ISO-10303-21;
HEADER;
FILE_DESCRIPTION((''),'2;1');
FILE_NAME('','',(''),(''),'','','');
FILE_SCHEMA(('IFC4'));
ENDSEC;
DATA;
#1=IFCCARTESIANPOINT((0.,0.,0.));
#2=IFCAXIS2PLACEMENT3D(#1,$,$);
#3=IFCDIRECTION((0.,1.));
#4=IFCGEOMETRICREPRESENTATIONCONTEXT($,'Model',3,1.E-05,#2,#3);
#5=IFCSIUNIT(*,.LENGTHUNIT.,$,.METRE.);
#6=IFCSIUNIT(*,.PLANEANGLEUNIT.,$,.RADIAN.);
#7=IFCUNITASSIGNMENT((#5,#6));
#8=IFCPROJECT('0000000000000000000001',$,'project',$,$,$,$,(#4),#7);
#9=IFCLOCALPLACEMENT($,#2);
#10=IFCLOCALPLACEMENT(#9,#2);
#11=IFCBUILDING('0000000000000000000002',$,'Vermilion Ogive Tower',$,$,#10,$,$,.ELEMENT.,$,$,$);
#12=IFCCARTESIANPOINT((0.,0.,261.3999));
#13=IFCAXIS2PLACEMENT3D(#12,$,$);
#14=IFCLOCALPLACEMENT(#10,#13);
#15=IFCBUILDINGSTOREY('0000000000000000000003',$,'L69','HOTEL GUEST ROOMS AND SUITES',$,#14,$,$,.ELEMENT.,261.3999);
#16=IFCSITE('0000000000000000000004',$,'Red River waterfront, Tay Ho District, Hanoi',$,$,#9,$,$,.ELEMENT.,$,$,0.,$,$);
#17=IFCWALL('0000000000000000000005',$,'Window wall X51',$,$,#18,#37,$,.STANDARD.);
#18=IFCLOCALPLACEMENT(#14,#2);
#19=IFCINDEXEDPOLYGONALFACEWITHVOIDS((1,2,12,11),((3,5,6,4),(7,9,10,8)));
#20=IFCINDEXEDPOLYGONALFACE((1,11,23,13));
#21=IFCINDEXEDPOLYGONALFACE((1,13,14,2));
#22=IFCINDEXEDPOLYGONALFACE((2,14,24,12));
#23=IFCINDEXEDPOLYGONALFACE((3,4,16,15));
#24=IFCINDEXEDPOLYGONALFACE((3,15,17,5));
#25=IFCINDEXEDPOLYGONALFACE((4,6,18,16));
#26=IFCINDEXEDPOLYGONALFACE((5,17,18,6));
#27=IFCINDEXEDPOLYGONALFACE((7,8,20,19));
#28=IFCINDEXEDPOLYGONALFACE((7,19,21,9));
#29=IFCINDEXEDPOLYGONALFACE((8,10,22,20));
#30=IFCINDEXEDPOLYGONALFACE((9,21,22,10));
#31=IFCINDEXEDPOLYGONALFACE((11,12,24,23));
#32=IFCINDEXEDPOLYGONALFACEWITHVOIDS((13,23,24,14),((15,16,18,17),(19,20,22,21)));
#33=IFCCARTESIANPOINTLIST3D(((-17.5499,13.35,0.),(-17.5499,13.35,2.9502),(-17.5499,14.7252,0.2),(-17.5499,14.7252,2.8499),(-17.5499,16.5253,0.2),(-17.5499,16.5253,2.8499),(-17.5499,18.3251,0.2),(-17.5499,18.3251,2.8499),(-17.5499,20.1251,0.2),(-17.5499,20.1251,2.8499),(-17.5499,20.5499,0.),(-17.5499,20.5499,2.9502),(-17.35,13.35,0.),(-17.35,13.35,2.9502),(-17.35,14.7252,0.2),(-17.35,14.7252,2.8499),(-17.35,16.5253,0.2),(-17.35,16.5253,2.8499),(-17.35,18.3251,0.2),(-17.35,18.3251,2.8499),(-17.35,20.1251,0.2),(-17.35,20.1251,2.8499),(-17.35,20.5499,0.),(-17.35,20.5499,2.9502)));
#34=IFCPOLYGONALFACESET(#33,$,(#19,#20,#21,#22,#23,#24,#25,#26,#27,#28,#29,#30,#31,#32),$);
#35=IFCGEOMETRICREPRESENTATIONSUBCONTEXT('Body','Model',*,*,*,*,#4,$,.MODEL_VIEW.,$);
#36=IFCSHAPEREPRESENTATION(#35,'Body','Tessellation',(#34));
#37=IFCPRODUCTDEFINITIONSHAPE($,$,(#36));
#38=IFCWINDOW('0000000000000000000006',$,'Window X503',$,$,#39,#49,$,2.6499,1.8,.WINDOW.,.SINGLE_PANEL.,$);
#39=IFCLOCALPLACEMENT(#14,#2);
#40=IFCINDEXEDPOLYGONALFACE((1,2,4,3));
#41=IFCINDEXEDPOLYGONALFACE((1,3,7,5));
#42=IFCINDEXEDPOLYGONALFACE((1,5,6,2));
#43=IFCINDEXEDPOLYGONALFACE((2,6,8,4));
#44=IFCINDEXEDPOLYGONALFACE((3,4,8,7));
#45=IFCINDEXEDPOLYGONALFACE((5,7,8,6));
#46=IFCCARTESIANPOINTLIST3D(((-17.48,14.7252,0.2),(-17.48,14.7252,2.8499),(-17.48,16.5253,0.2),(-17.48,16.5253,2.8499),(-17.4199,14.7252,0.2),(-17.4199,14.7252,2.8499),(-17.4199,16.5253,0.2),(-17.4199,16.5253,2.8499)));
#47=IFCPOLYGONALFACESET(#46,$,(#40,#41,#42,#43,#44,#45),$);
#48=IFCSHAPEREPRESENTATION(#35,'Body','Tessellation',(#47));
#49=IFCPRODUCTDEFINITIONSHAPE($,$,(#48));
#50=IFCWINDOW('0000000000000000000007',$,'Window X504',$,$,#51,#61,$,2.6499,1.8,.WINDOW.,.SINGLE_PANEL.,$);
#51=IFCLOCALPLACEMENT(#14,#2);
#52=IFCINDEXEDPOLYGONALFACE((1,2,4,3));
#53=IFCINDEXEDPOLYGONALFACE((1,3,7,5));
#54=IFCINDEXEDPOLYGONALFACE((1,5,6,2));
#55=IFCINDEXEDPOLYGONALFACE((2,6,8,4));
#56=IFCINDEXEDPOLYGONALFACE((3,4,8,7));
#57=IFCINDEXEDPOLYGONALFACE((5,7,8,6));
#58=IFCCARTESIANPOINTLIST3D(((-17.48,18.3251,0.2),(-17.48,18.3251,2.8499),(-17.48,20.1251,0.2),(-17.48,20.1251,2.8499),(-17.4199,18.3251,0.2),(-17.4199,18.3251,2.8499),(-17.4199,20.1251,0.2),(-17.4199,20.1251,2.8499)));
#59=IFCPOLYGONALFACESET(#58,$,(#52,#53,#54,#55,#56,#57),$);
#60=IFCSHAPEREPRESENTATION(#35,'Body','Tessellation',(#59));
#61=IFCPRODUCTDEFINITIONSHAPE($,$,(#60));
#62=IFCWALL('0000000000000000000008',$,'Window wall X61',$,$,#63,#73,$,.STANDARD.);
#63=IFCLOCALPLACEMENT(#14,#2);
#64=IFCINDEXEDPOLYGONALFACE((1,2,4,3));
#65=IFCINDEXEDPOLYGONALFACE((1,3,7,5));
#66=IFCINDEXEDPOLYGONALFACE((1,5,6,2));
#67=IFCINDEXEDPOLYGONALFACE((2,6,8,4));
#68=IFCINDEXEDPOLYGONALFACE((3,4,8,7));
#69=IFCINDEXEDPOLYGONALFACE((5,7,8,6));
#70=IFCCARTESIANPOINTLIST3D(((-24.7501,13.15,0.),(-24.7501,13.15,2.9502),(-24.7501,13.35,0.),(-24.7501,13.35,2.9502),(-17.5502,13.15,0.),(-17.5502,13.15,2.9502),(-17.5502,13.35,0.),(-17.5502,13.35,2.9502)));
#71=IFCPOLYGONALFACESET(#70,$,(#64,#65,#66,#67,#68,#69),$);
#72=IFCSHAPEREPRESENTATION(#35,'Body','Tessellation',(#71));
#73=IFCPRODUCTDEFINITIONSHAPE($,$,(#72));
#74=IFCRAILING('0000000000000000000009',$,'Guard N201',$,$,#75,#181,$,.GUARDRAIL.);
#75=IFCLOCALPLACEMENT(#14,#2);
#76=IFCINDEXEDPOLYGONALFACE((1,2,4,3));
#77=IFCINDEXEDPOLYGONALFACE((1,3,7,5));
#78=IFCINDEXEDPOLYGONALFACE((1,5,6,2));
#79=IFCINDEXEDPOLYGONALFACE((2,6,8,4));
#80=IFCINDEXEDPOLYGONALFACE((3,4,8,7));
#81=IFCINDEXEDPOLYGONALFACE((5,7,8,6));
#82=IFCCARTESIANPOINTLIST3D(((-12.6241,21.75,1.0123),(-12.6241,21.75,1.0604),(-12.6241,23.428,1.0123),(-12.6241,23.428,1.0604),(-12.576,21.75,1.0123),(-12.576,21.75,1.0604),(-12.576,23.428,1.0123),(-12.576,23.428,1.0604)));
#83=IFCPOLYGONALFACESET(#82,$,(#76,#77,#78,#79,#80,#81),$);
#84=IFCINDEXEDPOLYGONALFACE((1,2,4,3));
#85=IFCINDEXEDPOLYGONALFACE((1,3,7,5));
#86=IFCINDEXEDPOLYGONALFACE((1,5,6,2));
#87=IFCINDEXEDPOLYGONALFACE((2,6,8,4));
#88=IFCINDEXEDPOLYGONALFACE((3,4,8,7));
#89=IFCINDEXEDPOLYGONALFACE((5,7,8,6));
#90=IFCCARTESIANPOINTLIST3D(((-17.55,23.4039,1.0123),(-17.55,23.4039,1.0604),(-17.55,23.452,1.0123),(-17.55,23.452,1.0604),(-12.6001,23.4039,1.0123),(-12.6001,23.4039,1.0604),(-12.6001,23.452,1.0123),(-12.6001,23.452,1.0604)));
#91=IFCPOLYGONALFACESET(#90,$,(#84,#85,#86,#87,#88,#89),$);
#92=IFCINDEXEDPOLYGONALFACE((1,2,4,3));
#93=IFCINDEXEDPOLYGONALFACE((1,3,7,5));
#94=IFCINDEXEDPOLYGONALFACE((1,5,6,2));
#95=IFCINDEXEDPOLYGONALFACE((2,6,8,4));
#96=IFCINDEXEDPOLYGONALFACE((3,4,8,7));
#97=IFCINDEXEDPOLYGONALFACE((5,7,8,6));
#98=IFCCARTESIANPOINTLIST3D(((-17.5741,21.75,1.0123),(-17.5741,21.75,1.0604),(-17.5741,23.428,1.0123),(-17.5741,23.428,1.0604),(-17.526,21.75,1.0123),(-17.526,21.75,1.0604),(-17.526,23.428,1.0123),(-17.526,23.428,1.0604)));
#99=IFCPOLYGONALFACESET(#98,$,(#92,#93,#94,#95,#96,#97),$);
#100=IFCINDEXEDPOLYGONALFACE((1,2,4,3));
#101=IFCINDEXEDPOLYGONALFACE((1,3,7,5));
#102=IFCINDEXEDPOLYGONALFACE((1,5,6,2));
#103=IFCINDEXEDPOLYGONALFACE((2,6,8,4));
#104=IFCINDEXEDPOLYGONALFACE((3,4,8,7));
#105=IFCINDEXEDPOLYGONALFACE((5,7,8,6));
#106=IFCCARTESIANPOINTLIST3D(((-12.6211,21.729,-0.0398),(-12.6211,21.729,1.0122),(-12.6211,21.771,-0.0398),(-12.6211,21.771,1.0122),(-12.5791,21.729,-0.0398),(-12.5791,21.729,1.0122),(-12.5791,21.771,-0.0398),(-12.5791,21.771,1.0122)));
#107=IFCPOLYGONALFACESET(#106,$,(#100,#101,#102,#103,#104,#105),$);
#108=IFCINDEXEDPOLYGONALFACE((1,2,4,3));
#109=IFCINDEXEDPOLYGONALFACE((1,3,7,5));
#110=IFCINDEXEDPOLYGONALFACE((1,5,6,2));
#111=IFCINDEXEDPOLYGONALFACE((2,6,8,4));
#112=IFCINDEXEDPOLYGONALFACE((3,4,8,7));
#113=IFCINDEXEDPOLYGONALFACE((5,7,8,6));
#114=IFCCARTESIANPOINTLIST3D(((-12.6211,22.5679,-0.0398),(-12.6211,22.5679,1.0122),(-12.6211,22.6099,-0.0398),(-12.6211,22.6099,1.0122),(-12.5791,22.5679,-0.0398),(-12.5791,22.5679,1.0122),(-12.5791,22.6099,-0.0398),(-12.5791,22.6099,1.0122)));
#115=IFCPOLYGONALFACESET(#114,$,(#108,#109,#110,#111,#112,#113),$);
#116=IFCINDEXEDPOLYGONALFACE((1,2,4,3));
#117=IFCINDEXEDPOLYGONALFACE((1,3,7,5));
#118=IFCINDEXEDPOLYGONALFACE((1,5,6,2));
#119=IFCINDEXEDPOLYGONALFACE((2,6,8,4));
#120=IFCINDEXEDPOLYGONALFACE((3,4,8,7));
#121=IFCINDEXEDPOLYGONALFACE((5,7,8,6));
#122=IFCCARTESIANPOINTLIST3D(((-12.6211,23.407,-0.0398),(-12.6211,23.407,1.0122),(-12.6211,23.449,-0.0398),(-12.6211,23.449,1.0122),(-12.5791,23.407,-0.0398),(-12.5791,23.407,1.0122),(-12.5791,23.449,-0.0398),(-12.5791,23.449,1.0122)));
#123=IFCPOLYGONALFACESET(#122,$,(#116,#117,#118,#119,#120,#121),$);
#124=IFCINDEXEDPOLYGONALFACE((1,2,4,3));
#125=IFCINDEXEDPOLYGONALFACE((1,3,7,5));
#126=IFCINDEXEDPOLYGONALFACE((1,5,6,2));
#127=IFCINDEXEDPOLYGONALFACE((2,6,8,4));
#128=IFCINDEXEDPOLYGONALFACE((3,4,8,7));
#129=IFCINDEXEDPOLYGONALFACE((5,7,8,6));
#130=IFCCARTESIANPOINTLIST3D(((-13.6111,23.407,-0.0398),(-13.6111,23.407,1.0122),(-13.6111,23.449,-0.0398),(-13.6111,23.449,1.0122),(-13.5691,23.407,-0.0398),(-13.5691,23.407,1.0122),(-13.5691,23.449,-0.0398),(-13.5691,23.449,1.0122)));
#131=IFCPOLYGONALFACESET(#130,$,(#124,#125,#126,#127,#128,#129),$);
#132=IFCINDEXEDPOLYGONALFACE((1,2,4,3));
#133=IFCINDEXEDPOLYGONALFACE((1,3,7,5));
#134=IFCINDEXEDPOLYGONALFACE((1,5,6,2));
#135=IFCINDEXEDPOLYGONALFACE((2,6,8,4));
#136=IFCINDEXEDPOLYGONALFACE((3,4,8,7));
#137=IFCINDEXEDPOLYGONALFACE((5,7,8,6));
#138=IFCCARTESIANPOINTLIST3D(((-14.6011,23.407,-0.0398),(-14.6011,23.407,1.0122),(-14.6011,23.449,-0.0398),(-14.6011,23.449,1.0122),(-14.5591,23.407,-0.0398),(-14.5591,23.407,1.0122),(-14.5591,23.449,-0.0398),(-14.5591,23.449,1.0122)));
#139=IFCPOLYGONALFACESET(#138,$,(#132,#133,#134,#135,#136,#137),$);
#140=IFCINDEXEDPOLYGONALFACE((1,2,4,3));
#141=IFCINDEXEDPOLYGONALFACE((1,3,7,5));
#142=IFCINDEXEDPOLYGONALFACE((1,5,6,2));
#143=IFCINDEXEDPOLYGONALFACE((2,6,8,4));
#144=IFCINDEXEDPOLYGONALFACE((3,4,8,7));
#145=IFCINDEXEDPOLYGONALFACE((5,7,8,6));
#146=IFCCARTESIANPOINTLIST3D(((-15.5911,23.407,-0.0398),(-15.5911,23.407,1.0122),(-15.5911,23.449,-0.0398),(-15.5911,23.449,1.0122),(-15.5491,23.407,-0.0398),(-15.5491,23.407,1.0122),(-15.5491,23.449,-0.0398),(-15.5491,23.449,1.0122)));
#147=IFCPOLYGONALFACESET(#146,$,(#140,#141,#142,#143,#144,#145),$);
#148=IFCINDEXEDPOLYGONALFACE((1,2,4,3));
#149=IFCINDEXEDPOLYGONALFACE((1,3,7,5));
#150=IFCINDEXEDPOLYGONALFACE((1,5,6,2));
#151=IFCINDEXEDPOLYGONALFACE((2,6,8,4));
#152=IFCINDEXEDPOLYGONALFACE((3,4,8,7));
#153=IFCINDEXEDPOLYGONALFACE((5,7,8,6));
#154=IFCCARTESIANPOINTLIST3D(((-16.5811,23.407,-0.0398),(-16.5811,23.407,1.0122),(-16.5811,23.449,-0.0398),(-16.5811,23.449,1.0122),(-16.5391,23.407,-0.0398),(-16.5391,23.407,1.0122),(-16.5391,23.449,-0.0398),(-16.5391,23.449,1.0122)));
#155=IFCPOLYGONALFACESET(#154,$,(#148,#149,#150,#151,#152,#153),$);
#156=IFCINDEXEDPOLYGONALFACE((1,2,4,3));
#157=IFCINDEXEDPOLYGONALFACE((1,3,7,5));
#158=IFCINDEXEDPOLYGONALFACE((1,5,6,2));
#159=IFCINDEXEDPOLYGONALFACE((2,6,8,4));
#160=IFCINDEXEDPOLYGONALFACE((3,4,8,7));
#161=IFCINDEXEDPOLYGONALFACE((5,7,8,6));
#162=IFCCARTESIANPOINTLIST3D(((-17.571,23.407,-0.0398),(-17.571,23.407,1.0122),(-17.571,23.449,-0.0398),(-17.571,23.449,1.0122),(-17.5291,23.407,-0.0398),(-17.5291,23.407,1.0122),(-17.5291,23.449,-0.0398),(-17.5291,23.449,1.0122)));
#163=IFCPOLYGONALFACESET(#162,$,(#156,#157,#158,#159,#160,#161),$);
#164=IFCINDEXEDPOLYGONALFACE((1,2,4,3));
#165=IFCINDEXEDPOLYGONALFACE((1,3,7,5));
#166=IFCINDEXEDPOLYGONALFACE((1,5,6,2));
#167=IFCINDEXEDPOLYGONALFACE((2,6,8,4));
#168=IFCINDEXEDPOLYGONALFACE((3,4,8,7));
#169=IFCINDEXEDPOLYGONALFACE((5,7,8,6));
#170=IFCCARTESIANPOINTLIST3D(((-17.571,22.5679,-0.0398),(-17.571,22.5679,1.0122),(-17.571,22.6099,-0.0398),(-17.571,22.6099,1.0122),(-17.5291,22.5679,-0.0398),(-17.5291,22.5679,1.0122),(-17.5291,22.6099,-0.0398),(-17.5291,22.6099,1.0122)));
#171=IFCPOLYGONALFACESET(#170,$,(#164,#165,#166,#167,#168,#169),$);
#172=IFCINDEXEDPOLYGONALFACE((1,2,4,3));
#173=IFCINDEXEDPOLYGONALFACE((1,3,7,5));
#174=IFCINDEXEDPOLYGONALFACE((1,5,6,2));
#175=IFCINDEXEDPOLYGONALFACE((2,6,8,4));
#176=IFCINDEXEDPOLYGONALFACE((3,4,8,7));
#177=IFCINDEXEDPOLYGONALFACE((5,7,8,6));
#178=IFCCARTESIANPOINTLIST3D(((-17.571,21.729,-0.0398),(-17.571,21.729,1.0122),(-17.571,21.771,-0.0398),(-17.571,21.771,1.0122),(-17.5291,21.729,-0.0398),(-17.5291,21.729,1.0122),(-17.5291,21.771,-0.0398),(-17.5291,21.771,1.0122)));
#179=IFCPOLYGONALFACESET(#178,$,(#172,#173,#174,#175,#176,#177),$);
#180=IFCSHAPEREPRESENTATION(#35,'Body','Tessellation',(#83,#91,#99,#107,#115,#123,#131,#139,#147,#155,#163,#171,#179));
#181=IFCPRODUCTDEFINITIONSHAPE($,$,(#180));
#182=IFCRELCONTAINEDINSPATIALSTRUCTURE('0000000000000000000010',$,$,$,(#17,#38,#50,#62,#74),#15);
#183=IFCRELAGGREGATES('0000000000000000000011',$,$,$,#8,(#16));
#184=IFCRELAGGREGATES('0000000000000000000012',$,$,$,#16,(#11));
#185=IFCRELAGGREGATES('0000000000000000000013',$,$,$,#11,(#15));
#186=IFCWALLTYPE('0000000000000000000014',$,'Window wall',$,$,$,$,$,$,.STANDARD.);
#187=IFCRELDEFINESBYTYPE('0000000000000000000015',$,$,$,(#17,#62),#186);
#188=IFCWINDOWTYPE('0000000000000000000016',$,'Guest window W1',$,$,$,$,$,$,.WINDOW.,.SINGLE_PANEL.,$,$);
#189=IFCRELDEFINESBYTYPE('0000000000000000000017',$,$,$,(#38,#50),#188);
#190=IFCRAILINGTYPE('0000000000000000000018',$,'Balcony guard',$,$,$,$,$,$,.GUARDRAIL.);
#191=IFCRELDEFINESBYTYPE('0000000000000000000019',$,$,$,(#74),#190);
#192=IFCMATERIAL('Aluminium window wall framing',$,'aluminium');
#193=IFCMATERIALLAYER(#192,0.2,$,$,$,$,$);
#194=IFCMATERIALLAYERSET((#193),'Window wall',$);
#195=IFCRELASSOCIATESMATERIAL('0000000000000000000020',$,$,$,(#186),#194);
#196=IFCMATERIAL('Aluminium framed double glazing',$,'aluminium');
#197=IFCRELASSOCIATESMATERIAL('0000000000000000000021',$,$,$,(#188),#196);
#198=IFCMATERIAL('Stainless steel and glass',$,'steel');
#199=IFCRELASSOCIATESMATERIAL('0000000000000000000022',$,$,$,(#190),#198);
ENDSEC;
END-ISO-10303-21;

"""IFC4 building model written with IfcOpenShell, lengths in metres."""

from ifc_helpers import new_model, si_unit, direction, frame, frame_2d, origin, origin_2d, place, context, subcontext, project, spatial, rectangle, extrude, material, layer, layer_set, type_object, element, fill, save


model = new_model("IFC4")

# Units and contexts
model_context = context("Model", 3, precision=1e-05, world=origin(), true_north=direction((0.0, 1.0)))
body_context = subcontext(model_context, "Body", "Model", "MODEL_VIEW")
ifc_project = project(units=[si_unit("LENGTHUNIT", "METRE"), si_unit("PLANEANGLEUNIT", "RADIAN")], contexts=[model_context])

# Site, building, storey
site_placement = place(None, origin())
site = spatial("IfcSite", under=ifc_project, at=site_placement, Name="Red River waterfront, Tay Ho District, Hanoi", CompositionType="ELEMENT", RefElevation=0.0)
building_placement = place(site_placement, origin())
building = spatial("IfcBuilding", under=site, at=building_placement, Name="Vermilion Ogive Tower", CompositionType="ELEMENT")
storey_placement = place(building_placement, frame((0.0, 0.0, 261.3999)))
storey = spatial("IfcBuildingStorey", under=building, at=storey_placement, Name="L69", Description="HOTEL GUEST ROOMS AND SUITES", CompositionType="ELEMENT", Elevation=261.3999)

# Shared definitions
ifc_material_1 = material(Name="Aluminium window wall framing", Category="aluminium")
ifc_layer_1 = layer(ifc_material_1, 0.2)
ifc_layer_set_1 = layer_set([ifc_layer_1], Name="Window wall")
wall_type_1 = type_object("IfcWallType", Name="Window wall", PredefinedType="STANDARD", material=ifc_layer_set_1)
ifc_material_2 = material(Name="Aluminium framed double glazing", Category="aluminium")
window_type = type_object("IfcWindowType", Name="Guest window W1", PartitioningType="SINGLE_PANEL", PredefinedType="WINDOW", material=ifc_material_2)

# Wall, openings, windows
wall_1_placement = place(storey_placement, frame((-17.45, 20.55, 0.0), z_axis=(0.0, 0.0, 1.0), x_axis=(0.0, -1.0, 0.0)))
wall_1 = element("IfcWall", 1, at=wall_1_placement, inside=storey, type_object=wall_type_1, Name="Window wall X51", PredefinedType="STANDARD", context=body_context, shape_type="SweptSolid", body=[
    extrude(rectangle(XDim=7.2, YDim=0.2, at=frame_2d((3.6001, 0.0))), origin(), (0.0, 0.0, 1.0), 2.9502),
])
opening_1_placement = place(wall_1_placement, frame((4.0249, 0.0, 0.2)))
opening_1 = element("IfcOpeningElement", 2, at=opening_1_placement, cuts=wall_1, PredefinedType="OPENING", context=body_context, shape_type="SweptSolid", body=[
    extrude(rectangle(XDim=1.8, YDim=2.6499, at=frame_2d((0.8999, 1.325))), frame((0.0, 0.1099, 0.0), z_axis=(0.0, -1.0, 0.0), x_axis=(1.0, 0.0, 0.0)), (0.0, 0.0, 1.0), 0.22),
])
opening_2_placement = place(wall_1_placement, frame((0.425, 0.0, 0.2)))
opening_2 = element("IfcOpeningElement", 3, at=opening_2_placement, cuts=wall_1, PredefinedType="OPENING", context=body_context, shape_type="SweptSolid", body=[
    extrude(rectangle(XDim=1.8, YDim=2.6499, at=frame_2d((0.8999, 1.325))), frame((0.0, 0.1099, 0.0), z_axis=(0.0, -1.0, 0.0), x_axis=(1.0, 0.0, 0.0)), (0.0, 0.0, 1.0), 0.22),
])
window_1_placement = place(opening_1_placement, origin())
window_1 = element("IfcWindow", 4, at=window_1_placement, inside=storey, type_object=window_type, Name="Window X503", OverallHeight=2.6499, OverallWidth=1.8, PartitioningType="SINGLE_PANEL", PredefinedType="WINDOW", context=body_context, shape_type="SweptSolid", body=[
    extrude(rectangle(XDim=1.8, YDim=2.6499, at=frame_2d((0.8999, 1.325))), frame((0.0, 0.03, 0.0), z_axis=(0.0, -1.0, 0.0), x_axis=(1.0, 0.0, 0.0)), (0.0, 0.0, 1.0), 0.0601),
])
fill(opening_1, window_1)
window_2_placement = place(opening_2_placement, origin())
window_2 = element("IfcWindow", 5, at=window_2_placement, inside=storey, type_object=window_type, Name="Window X504", OverallHeight=2.6499, OverallWidth=1.8, PartitioningType="SINGLE_PANEL", PredefinedType="WINDOW", context=body_context, shape_type="SweptSolid", body=[
    extrude(rectangle(XDim=1.8, YDim=2.6499, at=frame_2d((0.8999, 1.325))), frame((0.0, 0.03, 0.0), z_axis=(0.0, -1.0, 0.0), x_axis=(1.0, 0.0, 0.0)), (0.0, 0.0, 1.0), 0.0601),
])
fill(opening_2, window_2)

# Wall
wall_2_placement = place(storey_placement, frame((-17.55, 13.25, 0.0), z_axis=(0.0, 0.0, 1.0), x_axis=(-1.0, 0.0, 0.0)))
element("IfcWall", 6, at=wall_2_placement, inside=storey, type_object=wall_type_1, Name="Window wall X61", PredefinedType="STANDARD", context=body_context, shape_type="SweptSolid", body=[
    extrude(rectangle(XDim=7.2, YDim=0.2, at=frame_2d((3.6001, 0.0))), origin(), (0.0, 0.0, 1.0), 2.9502),
])

# Railing
ifc_material_3 = material(Name="Stainless steel and glass", Category="steel")
railing_type_1 = type_object("IfcRailingType", Name="Balcony guard", PredefinedType="GUARDRAIL", material=ifc_material_3)
railing_1_placement = place(storey_placement, frame((-12.6001, 21.75, -0.0398)))
element("IfcRailing", 7, at=railing_1_placement, inside=storey, type_object=railing_type_1, Name="Guard N201", PredefinedType="GUARDRAIL", context=body_context, shape_type="SweptSolid", body=[
    extrude(rectangle(XDim=0.0481, YDim=0.0481, at=origin_2d()), frame((0.0, 0.0, 1.0762), z_axis=(0.0, 1.0, 0.0), x_axis=(-1.0, 0.0, 0.0)), (0.0, 0.0, 1.0), 1.678),
    extrude(rectangle(XDim=0.0481, YDim=0.0481, at=origin_2d()), frame((0.0, 1.678, 1.0762), z_axis=(-1.0, 0.0, 0.0), x_axis=(0.0, -1.0, 0.0)), (0.0, 0.0, 1.0), 4.95),
    extrude(rectangle(XDim=0.0481, YDim=0.0481, at=origin_2d()), frame((-4.95, 1.678, 1.0762), z_axis=(0.0, -1.0, 0.0), x_axis=(1.0, 0.0, 0.0)), (0.0, 0.0, 1.0), 1.678),
    extrude(rectangle(XDim=0.042, YDim=0.042, at=origin_2d()), origin(), (0.0, 0.0, 1.0), 1.052),
    extrude(rectangle(XDim=0.042, YDim=0.042, at=origin_2d()), frame((0.0, 0.8389, 0.0)), (0.0, 0.0, 1.0), 1.052),
    extrude(rectangle(XDim=0.042, YDim=0.042, at=origin_2d()), frame((0.0, 1.678, 0.0)), (0.0, 0.0, 1.0), 1.052),
    extrude(rectangle(XDim=0.042, YDim=0.042, at=origin_2d()), frame((-0.99, 1.678, 0.0)), (0.0, 0.0, 1.0), 1.052),
    extrude(rectangle(XDim=0.042, YDim=0.042, at=origin_2d()), frame((-1.98, 1.678, 0.0)), (0.0, 0.0, 1.0), 1.052),
    extrude(rectangle(XDim=0.042, YDim=0.042, at=origin_2d()), frame((-2.97, 1.678, 0.0)), (0.0, 0.0, 1.0), 1.052),
    extrude(rectangle(XDim=0.042, YDim=0.042, at=origin_2d()), frame((-3.96, 1.678, 0.0)), (0.0, 0.0, 1.0), 1.052),
    extrude(rectangle(XDim=0.042, YDim=0.042, at=origin_2d()), frame((-4.95, 1.678, 0.0)), (0.0, 0.0, 1.0), 1.052),
    extrude(rectangle(XDim=0.042, YDim=0.042, at=origin_2d()), frame((-4.95, 0.8389, 0.0)), (0.0, 0.0, 1.0), 1.052),
    extrude(rectangle(XDim=0.042, YDim=0.042, at=origin_2d()), frame((-4.95, 0.0, 0.0)), (0.0, 0.0, 1.0), 1.052),
])

save(model, "model.ifc")
